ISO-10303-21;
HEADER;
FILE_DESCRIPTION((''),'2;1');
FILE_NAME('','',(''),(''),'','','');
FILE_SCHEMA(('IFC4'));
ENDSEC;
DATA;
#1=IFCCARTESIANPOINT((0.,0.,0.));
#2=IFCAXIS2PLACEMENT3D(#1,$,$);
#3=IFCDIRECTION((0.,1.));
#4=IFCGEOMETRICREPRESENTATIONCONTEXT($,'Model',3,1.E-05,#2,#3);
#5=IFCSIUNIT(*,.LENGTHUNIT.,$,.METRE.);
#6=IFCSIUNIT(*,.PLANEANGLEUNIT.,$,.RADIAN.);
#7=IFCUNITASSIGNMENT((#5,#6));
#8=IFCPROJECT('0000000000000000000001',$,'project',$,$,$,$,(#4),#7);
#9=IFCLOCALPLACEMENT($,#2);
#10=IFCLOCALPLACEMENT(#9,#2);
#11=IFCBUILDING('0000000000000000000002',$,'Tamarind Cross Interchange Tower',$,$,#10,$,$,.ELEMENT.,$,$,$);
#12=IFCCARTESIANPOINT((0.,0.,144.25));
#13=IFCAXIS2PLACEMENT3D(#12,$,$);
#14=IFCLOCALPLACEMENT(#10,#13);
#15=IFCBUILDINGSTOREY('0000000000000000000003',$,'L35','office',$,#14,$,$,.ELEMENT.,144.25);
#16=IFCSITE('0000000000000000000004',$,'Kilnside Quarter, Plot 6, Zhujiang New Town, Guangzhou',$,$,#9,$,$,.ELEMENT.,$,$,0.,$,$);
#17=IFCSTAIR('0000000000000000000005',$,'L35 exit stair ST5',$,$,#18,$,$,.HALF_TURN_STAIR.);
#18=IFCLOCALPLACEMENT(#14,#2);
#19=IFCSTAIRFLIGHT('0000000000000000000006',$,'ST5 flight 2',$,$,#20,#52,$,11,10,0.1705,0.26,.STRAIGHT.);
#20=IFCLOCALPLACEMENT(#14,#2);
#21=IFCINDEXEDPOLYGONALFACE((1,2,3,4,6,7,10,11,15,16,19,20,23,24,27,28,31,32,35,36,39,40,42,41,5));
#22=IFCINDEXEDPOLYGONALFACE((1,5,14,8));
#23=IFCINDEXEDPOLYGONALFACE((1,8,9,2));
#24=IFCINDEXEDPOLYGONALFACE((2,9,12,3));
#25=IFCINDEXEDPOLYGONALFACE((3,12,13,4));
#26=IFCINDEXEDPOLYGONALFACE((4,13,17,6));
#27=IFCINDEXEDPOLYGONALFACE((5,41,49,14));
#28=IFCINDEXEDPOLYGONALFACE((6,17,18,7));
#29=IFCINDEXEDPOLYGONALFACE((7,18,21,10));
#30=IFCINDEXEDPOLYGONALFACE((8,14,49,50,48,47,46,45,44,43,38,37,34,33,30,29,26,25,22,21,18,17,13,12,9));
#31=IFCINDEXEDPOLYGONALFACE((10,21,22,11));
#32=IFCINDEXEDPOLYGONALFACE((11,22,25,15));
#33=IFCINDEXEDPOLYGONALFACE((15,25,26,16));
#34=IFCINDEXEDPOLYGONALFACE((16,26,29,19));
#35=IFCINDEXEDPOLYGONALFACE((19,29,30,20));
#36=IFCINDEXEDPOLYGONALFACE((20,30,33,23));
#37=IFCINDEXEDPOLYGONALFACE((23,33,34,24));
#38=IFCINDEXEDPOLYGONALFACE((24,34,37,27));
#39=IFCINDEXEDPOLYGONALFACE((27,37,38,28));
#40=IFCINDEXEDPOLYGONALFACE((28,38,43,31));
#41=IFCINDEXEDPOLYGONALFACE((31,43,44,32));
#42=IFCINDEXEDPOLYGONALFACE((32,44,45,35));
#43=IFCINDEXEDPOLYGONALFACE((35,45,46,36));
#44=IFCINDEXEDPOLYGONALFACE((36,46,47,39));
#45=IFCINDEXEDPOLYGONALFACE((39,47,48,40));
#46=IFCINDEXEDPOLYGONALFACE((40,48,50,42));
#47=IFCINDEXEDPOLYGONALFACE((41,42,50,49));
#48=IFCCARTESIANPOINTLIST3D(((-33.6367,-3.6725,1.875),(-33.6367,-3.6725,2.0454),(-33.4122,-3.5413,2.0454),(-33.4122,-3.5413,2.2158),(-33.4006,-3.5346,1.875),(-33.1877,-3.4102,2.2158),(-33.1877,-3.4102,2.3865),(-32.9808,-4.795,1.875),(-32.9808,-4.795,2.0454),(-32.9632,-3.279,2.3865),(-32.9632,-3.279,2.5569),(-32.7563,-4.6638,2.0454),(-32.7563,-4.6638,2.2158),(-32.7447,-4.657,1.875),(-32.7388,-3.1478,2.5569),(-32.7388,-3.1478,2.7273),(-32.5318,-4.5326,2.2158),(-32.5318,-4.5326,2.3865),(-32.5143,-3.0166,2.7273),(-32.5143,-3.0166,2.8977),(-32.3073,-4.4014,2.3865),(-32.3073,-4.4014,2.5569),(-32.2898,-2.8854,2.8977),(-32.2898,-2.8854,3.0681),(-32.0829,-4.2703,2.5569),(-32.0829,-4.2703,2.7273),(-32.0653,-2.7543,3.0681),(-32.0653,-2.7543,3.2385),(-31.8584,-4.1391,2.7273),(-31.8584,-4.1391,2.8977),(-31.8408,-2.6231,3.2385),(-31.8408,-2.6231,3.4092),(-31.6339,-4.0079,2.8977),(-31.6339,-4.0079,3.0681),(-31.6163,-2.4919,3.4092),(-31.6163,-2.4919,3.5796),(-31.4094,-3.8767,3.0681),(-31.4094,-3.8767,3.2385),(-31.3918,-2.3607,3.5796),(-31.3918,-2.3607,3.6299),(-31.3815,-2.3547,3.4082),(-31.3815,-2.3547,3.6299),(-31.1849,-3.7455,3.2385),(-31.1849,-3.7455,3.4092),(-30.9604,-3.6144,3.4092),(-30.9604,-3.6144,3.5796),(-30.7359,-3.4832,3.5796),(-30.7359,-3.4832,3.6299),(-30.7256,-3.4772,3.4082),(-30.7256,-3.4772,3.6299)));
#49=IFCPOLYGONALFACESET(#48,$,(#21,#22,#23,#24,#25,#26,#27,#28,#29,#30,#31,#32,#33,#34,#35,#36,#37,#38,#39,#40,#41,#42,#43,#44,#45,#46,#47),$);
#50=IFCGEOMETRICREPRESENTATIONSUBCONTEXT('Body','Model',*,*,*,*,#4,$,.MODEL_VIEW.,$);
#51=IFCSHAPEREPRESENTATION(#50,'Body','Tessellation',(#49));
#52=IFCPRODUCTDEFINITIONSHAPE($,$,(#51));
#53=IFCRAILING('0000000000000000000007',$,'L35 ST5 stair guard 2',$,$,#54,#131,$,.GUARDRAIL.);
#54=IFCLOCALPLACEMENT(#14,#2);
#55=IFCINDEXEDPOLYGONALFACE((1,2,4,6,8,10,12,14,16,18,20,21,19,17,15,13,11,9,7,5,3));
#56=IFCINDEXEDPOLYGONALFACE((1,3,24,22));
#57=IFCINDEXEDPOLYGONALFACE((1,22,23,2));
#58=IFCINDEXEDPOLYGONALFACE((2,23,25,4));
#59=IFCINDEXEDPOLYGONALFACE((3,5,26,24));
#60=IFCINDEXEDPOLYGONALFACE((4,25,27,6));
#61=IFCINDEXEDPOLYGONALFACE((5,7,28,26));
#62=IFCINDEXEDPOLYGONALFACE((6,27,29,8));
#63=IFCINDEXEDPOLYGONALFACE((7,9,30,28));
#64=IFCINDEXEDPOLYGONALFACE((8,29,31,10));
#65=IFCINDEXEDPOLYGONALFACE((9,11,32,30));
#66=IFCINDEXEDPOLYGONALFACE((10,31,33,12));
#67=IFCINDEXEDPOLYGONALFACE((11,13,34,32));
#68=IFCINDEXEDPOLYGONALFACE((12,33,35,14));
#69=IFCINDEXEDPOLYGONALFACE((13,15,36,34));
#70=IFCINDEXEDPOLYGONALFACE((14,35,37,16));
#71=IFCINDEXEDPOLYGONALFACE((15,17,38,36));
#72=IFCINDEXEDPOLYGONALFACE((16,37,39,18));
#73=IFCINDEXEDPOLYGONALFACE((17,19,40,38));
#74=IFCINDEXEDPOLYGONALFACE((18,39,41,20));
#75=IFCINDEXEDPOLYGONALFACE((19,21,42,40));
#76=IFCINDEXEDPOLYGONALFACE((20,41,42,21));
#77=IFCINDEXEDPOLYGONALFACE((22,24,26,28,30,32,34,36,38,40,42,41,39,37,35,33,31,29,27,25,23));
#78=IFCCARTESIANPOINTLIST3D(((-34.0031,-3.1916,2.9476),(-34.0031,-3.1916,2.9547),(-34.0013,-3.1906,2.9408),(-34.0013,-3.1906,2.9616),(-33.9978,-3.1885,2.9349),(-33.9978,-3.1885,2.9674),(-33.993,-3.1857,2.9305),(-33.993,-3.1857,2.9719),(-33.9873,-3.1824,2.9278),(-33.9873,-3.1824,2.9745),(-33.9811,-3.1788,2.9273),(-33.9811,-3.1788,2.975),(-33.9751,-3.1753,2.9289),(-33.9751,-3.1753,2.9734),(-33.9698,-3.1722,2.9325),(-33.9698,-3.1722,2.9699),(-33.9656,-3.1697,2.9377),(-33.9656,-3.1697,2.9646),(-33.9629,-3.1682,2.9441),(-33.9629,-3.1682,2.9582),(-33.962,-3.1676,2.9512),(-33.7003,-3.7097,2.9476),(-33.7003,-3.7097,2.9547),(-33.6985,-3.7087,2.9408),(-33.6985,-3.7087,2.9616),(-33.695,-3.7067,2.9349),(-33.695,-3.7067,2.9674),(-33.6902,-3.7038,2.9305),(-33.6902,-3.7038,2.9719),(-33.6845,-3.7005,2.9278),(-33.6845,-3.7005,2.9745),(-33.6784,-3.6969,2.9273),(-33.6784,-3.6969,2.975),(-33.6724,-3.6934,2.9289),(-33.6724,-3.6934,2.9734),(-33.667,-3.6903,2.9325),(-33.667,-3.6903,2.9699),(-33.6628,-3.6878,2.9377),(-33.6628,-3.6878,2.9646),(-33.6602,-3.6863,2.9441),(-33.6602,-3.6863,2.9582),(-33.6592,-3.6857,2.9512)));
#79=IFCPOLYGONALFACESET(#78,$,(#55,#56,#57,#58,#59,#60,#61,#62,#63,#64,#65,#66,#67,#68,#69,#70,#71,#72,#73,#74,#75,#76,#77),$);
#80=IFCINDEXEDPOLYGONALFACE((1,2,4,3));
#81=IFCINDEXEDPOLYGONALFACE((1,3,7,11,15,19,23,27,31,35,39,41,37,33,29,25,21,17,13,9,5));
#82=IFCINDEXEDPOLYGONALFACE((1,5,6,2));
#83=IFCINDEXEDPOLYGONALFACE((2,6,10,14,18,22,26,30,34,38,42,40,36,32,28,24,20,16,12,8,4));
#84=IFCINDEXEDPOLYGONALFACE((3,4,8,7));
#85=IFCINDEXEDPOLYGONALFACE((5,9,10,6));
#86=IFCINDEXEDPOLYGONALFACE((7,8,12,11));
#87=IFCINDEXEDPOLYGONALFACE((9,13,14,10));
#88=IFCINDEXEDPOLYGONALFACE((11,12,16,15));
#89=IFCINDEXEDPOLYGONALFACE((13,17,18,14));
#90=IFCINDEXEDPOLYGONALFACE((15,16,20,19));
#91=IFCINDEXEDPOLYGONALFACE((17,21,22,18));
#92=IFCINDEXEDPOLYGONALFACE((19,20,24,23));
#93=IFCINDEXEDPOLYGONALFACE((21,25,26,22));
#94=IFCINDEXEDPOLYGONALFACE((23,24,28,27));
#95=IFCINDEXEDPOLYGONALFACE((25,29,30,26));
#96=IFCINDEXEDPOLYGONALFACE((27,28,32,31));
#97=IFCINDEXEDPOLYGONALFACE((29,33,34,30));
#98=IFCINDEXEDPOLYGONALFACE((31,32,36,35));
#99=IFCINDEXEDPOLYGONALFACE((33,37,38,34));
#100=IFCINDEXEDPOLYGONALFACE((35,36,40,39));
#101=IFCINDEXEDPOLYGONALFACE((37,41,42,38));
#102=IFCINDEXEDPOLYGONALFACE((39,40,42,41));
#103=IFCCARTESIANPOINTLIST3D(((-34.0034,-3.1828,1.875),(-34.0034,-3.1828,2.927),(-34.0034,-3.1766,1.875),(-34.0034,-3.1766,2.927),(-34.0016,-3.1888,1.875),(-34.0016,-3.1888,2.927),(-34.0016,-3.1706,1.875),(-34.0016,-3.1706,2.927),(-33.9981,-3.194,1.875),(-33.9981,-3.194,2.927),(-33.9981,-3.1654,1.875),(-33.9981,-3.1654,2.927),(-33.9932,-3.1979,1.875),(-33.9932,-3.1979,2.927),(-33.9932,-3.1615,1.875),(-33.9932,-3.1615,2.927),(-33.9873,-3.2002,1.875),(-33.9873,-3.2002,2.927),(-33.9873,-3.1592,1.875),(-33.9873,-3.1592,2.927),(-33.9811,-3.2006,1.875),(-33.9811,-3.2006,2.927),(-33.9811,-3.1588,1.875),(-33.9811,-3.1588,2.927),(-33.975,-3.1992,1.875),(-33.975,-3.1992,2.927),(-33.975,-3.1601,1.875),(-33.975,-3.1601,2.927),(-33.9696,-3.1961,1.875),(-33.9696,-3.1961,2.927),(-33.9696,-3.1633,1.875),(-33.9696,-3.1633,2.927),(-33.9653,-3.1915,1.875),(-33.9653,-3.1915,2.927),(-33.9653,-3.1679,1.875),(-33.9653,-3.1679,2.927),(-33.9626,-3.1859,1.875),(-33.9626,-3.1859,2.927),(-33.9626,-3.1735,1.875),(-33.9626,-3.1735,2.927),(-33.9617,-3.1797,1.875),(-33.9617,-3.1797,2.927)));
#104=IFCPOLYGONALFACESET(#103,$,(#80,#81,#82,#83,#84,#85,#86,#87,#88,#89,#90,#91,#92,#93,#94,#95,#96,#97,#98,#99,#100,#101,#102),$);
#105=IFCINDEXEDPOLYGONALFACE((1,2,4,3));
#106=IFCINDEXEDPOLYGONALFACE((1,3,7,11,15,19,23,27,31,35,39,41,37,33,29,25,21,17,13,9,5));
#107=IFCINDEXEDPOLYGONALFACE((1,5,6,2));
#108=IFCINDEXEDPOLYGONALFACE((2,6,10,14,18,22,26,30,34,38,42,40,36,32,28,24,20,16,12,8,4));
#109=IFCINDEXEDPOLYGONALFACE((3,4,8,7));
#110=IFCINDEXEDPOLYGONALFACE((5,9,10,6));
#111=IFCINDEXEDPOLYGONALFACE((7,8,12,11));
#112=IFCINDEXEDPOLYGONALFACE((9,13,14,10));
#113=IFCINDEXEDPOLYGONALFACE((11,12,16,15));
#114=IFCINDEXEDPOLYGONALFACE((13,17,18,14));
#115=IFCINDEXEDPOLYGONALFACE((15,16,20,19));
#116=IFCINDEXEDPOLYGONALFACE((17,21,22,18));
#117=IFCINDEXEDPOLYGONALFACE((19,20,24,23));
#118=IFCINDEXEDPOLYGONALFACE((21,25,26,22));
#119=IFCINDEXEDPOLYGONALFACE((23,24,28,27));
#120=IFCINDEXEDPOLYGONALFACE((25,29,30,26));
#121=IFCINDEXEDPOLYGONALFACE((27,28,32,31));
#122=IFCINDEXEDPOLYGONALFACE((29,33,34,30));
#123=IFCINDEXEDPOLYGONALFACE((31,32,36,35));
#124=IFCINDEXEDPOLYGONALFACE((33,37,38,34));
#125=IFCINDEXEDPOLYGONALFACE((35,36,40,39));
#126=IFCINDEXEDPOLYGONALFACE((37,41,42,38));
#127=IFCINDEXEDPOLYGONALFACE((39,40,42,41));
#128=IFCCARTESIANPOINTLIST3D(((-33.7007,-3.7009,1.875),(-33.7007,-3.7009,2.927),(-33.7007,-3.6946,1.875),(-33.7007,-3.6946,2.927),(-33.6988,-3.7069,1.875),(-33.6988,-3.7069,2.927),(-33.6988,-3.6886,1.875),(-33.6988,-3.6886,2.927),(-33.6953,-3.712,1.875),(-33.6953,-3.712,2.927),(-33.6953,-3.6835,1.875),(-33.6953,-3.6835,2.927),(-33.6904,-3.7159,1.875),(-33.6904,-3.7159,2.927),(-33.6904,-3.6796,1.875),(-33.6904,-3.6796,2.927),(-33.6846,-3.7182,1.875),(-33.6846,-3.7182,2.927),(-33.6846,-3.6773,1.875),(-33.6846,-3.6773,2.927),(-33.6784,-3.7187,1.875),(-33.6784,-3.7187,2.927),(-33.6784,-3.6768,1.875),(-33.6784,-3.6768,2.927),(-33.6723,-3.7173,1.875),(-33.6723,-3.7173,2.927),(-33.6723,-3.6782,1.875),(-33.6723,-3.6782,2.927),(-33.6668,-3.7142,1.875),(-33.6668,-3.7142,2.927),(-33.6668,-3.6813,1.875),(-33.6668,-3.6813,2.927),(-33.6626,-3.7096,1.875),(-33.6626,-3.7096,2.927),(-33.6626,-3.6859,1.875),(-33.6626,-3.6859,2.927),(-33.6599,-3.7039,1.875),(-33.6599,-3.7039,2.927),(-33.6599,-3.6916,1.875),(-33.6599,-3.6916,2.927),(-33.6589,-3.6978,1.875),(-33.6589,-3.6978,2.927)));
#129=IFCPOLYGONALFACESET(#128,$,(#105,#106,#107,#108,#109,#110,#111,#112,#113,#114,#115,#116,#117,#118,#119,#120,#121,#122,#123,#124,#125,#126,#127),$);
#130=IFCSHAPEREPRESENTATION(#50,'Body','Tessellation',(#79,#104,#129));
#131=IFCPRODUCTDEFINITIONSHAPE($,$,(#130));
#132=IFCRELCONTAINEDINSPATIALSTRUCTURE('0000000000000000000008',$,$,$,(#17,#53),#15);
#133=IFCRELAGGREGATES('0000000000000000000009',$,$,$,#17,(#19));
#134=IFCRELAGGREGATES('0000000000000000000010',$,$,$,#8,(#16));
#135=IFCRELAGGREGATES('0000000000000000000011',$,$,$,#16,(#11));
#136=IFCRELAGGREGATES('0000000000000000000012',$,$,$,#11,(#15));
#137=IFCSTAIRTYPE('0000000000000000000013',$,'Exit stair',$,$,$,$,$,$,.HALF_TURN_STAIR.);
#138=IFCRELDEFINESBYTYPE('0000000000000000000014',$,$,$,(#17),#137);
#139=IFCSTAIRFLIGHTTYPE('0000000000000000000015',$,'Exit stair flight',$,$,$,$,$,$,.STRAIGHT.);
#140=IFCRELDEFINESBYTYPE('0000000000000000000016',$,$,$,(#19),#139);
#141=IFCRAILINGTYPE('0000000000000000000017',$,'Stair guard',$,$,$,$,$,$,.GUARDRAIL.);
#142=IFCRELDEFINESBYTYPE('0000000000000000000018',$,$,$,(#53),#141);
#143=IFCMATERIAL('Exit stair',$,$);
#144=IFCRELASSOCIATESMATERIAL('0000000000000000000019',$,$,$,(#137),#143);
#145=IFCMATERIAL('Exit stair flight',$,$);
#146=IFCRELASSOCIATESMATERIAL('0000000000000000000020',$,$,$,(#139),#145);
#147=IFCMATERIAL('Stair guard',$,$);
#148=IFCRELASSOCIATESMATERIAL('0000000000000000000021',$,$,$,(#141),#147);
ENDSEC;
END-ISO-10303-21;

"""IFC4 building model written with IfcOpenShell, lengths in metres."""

from ifc_helpers import new_model, si_unit, direction, frame, origin, origin_2d, place, context, subcontext, project, spatial, polyline, circle, outline, extrude, material, type_object, element, aggregate, save


model = new_model("IFC4")

# Units and contexts
model_context = context("Model", 3, precision=1e-05, world=origin(), true_north=direction((0.0, 1.0)))
body_context = subcontext(model_context, "Body", "Model", "MODEL_VIEW")
ifc_project = project(units=[si_unit("LENGTHUNIT", "METRE"), si_unit("PLANEANGLEUNIT", "RADIAN")], contexts=[model_context])

# Site, building, storey
site_placement = place(None, origin())
site = spatial("IfcSite", under=ifc_project, at=site_placement, Name="Kilnside Quarter, Plot 6, Zhujiang New Town, Guangzhou", CompositionType="ELEMENT", RefElevation=0.0)
building_placement = place(site_placement, origin())
building = spatial("IfcBuilding", under=site, at=building_placement, Name="Tamarind Cross Interchange Tower", CompositionType="ELEMENT")
storey_placement = place(building_placement, frame((0.0, 0.0, 144.25)))
storey = spatial("IfcBuildingStorey", under=building, at=storey_placement, Name="L35", Description="office", CompositionType="ELEMENT", Elevation=144.25)

# Stair, stair flight
ifc_material_1 = material(Name="Exit stair")
stair_type = type_object("IfcStairType", Name="Exit stair", PredefinedType="HALF_TURN_STAIR", material=ifc_material_1)
stair_placement = place(storey_placement, origin())
stair = element("IfcStair", 1, at=stair_placement, inside=storey, type_object=stair_type, Name="L35 exit stair ST5", PredefinedType="HALF_TURN_STAIR")
ifc_material_2 = material(Name="Exit stair flight")
stair_flight_type = type_object("IfcStairFlightType", Name="Exit stair flight", PredefinedType="STRAIGHT", material=ifc_material_2)
stair_flight_placement = place(storey_placement, frame((-33.3088, -4.2336, 1.875), z_axis=(0.0, 0.0, 1.0), x_axis=(0.863403, 0.504516, 0.0)))
stair_flight = element("IfcStairFlight", 2, at=stair_flight_placement, type_object=stair_flight_type, Name="ST5 flight 2", NumberOfRisers=11, NumberOfTreads=10, PredefinedType="STRAIGHT", RiserHeight=0.1705, TreadLength=0.26, context=body_context, shape_type="SweptSolid", body=[
    extrude(outline(polyline([(0.0, 0.0), (0.0, 0.1704), (0.26, 0.1704), (0.26, 0.3408), (0.52, 0.3408), (0.52, 0.5115), (0.78, 0.5115), (0.78, 0.6819), (1.04, 0.6819), (1.04, 0.8523), (1.3, 0.8523), (1.3, 1.0227), (1.5601, 1.0227), (1.5601, 1.1931), (1.8201, 1.1931), (1.8201, 1.3635), (2.0801, 1.3635), (2.0801, 1.5342), (2.3401, 1.5342), (2.3401, 1.7046), (2.6001, 1.7046), (2.6001, 1.7549), (2.6121, 1.7549), (2.6121, 1.5332), (0.2734, 0.0), (0.0, 0.0)])), frame((0.0, 0.6499, 0.0), z_axis=(0.0, -1.0, 0.0), x_axis=(1.0, 0.0, 0.0)), (0.0, 0.0, 1.0), 1.3),
])
aggregate(stair, [stair_flight])

# Railing
ifc_material_3 = material(Name="Stair guard")
railing_type_1 = type_object("IfcRailingType", Name="Stair guard", PredefinedType="GUARDRAIL", material=ifc_material_3)
railing_1_placement = place(storey_placement, frame((-33.9827, -3.1797, 1.875)))
element("IfcRailing", 3, at=railing_1_placement, inside=storey, type_object=railing_type_1, Name="L35 ST5 stair guard 2", PredefinedType="GUARDRAIL", context=body_context, shape_type="SweptSolid", body=[
    extrude(circle(Radius=0.0239, at=origin_2d()), frame((0.0, 0.0, 1.0762), z_axis=(0.504529, -0.863395, 0.0), x_axis=(0.863395, 0.504529, 0.0)), (0.0, 0.0, 1.0), 0.6001),
    extrude(circle(Radius=0.021, at=origin_2d()), origin(), (0.0, 0.0, 1.0), 1.052),
    extrude(circle(Radius=0.021, at=origin_2d()), frame((0.3027, -0.5181, 0.0)), (0.0, 0.0, 1.0), 1.052),
])

save(model, "model.ifc")
